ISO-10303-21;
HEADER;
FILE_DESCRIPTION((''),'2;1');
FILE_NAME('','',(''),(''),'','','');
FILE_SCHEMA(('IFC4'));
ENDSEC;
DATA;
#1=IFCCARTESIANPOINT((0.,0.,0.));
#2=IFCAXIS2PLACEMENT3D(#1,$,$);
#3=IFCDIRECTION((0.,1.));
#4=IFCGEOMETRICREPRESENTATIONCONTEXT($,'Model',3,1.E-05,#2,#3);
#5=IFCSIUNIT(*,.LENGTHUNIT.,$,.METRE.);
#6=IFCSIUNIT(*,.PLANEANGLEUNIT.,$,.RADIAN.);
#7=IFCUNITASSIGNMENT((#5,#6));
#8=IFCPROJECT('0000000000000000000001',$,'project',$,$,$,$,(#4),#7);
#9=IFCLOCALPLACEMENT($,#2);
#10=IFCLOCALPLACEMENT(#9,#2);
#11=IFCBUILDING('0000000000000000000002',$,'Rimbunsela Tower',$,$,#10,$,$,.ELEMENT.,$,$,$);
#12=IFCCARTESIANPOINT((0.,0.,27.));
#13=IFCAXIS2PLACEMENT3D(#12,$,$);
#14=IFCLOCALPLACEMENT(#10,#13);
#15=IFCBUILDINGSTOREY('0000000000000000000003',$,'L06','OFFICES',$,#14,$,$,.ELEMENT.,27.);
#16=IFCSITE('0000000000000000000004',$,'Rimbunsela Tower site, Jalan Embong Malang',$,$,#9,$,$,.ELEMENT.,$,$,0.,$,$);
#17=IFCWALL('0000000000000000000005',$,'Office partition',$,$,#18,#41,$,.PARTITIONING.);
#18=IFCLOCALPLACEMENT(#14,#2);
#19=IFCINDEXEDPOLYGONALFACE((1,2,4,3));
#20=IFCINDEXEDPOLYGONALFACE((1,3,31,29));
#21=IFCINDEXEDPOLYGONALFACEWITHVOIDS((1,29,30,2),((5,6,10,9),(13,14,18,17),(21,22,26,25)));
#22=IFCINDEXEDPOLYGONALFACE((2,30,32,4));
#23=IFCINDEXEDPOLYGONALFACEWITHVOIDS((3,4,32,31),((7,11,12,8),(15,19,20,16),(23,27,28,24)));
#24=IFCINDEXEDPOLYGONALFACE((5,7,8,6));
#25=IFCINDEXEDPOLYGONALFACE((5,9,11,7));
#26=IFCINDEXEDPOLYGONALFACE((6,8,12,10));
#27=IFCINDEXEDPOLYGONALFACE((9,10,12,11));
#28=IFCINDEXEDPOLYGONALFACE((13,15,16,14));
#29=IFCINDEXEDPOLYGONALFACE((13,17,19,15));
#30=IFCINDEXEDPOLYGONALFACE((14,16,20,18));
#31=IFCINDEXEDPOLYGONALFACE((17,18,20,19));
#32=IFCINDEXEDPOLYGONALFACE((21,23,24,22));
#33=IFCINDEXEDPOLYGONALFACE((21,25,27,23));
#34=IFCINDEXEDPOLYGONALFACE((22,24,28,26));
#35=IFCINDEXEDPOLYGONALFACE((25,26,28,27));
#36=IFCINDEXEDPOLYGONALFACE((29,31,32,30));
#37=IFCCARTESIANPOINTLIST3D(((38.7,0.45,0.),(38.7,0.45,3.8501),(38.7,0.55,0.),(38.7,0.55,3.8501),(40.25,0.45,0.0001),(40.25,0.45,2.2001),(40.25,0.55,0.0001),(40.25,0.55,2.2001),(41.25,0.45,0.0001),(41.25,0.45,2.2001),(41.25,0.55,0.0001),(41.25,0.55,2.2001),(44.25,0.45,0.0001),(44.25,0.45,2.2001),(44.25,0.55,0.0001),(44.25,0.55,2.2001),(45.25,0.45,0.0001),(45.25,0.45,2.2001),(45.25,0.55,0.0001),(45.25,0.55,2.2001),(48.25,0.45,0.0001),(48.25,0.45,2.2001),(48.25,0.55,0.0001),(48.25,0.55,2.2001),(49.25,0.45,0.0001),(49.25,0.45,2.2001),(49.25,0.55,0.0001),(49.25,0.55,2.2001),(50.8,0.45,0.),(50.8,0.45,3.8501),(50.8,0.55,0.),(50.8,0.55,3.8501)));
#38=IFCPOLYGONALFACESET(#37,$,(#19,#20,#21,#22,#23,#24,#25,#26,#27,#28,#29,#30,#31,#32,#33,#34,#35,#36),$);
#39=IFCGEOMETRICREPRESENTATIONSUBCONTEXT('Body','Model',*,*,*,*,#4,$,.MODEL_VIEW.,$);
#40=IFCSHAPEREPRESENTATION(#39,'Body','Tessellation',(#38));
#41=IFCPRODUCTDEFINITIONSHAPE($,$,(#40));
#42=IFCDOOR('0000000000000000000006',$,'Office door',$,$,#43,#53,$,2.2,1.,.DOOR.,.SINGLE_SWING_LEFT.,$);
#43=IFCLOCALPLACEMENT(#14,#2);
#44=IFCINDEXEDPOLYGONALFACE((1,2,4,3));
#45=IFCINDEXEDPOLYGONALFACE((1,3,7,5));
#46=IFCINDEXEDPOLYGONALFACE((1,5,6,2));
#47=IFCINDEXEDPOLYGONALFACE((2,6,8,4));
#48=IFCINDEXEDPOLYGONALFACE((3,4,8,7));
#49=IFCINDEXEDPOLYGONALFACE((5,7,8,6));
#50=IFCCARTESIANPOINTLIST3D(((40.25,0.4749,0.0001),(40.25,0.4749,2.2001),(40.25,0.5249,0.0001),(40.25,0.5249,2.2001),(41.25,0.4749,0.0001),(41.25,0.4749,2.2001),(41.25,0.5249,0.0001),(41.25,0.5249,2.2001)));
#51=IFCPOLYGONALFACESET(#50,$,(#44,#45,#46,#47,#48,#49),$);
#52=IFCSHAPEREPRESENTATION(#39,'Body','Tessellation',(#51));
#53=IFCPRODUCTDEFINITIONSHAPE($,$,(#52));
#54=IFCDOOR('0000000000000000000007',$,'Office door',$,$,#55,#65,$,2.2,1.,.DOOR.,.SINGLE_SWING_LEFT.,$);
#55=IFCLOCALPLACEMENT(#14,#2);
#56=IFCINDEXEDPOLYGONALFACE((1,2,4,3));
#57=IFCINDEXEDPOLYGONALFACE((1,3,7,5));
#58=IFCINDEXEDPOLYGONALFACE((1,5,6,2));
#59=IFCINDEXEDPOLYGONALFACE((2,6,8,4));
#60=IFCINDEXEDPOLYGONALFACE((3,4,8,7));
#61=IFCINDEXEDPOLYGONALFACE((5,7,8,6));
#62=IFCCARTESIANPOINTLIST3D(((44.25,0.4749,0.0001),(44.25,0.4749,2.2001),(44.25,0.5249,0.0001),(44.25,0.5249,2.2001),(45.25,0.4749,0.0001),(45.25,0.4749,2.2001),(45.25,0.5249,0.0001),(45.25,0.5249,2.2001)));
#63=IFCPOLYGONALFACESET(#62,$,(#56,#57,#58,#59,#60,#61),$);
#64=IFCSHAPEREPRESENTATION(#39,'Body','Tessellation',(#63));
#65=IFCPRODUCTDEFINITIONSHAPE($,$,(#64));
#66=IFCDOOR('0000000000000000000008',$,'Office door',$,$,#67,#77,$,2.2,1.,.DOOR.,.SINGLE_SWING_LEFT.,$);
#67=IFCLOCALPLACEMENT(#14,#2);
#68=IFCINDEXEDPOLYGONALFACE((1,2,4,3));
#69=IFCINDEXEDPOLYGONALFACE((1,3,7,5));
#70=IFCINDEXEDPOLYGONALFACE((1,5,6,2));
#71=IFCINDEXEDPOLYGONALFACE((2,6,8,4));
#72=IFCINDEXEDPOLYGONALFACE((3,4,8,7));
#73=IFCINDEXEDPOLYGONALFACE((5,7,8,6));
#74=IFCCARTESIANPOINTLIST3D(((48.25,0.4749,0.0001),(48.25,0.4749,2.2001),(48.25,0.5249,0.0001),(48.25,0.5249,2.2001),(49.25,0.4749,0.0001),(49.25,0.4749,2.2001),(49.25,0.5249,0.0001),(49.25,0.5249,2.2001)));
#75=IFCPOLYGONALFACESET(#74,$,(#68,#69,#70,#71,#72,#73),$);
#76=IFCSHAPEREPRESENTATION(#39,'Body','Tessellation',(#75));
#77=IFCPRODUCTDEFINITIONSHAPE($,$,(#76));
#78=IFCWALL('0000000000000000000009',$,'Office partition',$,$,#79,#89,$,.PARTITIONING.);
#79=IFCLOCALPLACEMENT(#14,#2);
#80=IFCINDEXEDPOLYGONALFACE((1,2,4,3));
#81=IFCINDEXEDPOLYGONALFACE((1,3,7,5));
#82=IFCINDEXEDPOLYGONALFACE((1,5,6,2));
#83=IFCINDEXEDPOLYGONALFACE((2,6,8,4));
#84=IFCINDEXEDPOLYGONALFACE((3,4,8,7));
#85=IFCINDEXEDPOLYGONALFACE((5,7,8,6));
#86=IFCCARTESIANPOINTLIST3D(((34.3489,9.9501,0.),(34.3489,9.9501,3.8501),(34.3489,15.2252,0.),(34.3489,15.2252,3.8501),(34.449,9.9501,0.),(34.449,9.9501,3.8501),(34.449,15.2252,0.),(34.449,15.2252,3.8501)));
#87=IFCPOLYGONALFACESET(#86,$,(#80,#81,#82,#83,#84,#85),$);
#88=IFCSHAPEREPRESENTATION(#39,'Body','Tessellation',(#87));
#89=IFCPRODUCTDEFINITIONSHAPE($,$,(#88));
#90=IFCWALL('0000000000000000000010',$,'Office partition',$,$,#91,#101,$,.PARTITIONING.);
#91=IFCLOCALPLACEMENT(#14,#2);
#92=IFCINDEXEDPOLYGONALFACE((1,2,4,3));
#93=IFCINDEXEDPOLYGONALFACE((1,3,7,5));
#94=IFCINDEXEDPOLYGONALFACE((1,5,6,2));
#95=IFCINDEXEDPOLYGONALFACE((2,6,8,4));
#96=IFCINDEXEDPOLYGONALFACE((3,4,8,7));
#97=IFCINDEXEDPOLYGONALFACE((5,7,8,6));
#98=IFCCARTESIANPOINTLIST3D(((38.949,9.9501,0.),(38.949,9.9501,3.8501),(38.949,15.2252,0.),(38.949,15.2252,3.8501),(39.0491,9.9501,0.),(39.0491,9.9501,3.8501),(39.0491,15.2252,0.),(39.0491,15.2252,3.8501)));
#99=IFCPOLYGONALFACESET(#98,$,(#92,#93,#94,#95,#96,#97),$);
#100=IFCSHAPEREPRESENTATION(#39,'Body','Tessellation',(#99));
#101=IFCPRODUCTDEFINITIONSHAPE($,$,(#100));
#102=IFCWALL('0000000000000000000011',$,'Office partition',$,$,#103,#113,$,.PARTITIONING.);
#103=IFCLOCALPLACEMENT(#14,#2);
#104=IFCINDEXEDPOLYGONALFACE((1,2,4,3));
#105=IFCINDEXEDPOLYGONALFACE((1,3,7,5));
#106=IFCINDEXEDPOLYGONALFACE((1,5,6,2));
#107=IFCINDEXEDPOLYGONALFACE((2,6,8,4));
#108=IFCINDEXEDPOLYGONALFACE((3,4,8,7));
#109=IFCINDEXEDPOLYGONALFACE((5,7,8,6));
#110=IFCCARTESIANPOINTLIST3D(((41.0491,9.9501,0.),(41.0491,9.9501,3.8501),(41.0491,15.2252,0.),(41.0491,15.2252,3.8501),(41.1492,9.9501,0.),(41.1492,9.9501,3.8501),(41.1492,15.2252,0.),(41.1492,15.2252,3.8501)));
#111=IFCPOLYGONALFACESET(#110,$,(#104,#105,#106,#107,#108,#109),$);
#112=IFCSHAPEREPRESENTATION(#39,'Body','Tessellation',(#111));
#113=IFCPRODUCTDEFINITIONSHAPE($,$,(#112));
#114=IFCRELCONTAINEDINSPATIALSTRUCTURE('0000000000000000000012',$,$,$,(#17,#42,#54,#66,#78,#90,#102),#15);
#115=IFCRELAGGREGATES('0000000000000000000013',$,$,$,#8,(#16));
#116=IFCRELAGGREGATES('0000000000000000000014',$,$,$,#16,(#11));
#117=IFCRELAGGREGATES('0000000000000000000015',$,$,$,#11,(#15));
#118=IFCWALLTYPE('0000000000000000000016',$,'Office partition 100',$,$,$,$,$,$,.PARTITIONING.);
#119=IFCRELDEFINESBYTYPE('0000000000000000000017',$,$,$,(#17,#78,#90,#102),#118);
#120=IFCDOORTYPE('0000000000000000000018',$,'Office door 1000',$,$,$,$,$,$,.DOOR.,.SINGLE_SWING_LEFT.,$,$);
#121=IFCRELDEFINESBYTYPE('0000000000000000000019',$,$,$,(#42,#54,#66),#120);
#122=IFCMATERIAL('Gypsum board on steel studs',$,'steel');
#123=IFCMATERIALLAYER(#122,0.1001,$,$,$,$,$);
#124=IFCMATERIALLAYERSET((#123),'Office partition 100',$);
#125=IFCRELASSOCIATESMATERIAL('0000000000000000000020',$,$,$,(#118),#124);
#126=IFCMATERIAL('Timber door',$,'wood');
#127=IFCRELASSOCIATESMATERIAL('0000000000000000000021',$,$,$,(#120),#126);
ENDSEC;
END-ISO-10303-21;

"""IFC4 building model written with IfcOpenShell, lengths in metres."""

from ifc_helpers import new_model, si_unit, direction, frame, frame_2d, origin, place, context, subcontext, project, spatial, rectangle, extrude, material, layer, layer_set, type_object, element, fill, save


model = new_model("IFC4")

# Units and contexts
model_context = context("Model", 3, precision=1e-05, world=origin(), true_north=direction((0.0, 1.0)))
body_context = subcontext(model_context, "Body", "Model", "MODEL_VIEW")
ifc_project = project(units=[si_unit("LENGTHUNIT", "METRE"), si_unit("PLANEANGLEUNIT", "RADIAN")], contexts=[model_context])

# Site, building, storey
site_placement = place(None, origin())
site = spatial("IfcSite", under=ifc_project, at=site_placement, Name="Rimbunsela Tower site, Jalan Embong Malang", CompositionType="ELEMENT", RefElevation=0.0)
building_placement = place(site_placement, origin())
building = spatial("IfcBuilding", under=site, at=building_placement, Name="Rimbunsela Tower", CompositionType="ELEMENT")
storey_placement = place(building_placement, frame((0.0, 0.0, 27.0)))
storey = spatial("IfcBuildingStorey", under=building, at=storey_placement, Name="L06", Description="OFFICES", CompositionType="ELEMENT", Elevation=27.0)

# Wall, openings, doors
ifc_material_1 = material(Name="Gypsum board on steel studs", Category="steel")
ifc_layer_1 = layer(ifc_material_1, 0.1001)
ifc_layer_set_1 = layer_set([ifc_layer_1], Name="Office partition 100")
wall_type_1 = type_object("IfcWallType", Name="Office partition 100", PredefinedType="PARTITIONING", material=ifc_layer_set_1)
wall_1_placement = place(storey_placement, frame((38.7, 0.5, 0.0), z_axis=(0.0, 0.0, 1.0), x_axis=(1.0, 0.0, 0.0)))
wall_1 = element("IfcWall", 1, at=wall_1_placement, inside=storey, type_object=wall_type_1, Name="Office partition", PredefinedType="PARTITIONING", context=body_context, shape_type="SweptSolid", body=[
    extrude(rectangle(XDim=12.1001, YDim=0.1001, at=frame_2d((6.05, 0.0))), origin(), (0.0, 0.0, 1.0), 3.8501),
])
opening_1_placement = place(wall_1_placement, frame((1.55, 0.0, 0.0)))
opening_1 = element("IfcOpeningElement", 2, at=opening_1_placement, cuts=wall_1, PredefinedType="OPENING", context=body_context, shape_type="SweptSolid", body=[
    extrude(rectangle(XDim=1.0, YDim=2.2, at=frame_2d((0.5, 1.1001))), frame((0.0, 0.0601, 0.0), z_axis=(0.0, -1.0, 0.0), x_axis=(1.0, 0.0, 0.0)), (0.0, 0.0, 1.0), 0.1201),
])
opening_2_placement = place(wall_1_placement, frame((5.55, 0.0, 0.0)))
opening_2 = element("IfcOpeningElement", 3, at=opening_2_placement, cuts=wall_1, PredefinedType="OPENING", context=body_context, shape_type="SweptSolid", body=[
    extrude(rectangle(XDim=1.0, YDim=2.2, at=frame_2d((0.5, 1.1001))), frame((0.0, 0.0601, 0.0), z_axis=(0.0, -1.0, 0.0), x_axis=(1.0, 0.0, 0.0)), (0.0, 0.0, 1.0), 0.1201),
])
opening_3_placement = place(wall_1_placement, frame((9.55, 0.0, 0.0)))
opening_3 = element("IfcOpeningElement", 4, at=opening_3_placement, cuts=wall_1, PredefinedType="OPENING", context=body_context, shape_type="SweptSolid", body=[
    extrude(rectangle(XDim=1.0, YDim=2.2, at=frame_2d((0.5, 1.1001))), frame((0.0, 0.0601, 0.0), z_axis=(0.0, -1.0, 0.0), x_axis=(1.0, 0.0, 0.0)), (0.0, 0.0, 1.0), 0.1201),
])
ifc_material_2 = material(Name="Timber door", Category="wood")
door_type_1 = type_object("IfcDoorType", Name="Office door 1000", OperationType="SINGLE_SWING_LEFT", PredefinedType="DOOR", material=ifc_material_2)
door_1_placement = place(opening_1_placement, origin())
door_1 = element("IfcDoor", 5, at=door_1_placement, inside=storey, type_object=door_type_1, Name="Office door", OperationType="SINGLE_SWING_LEFT", OverallHeight=2.2, OverallWidth=1.0, PredefinedType="DOOR", context=body_context, shape_type="SweptSolid", body=[
    extrude(rectangle(XDim=1.0, YDim=2.2, at=frame_2d((0.5, 1.1001))), frame((0.0, 0.0249, 0.0), z_axis=(0.0, -1.0, 0.0), x_axis=(1.0, 0.0, 0.0)), (0.0, 0.0, 1.0), 0.05),
])
fill(opening_1, door_1)
door_2_placement = place(opening_2_placement, origin())
door_2 = element("IfcDoor", 6, at=door_2_placement, inside=storey, type_object=door_type_1, Name="Office door", OperationType="SINGLE_SWING_LEFT", OverallHeight=2.2, OverallWidth=1.0, PredefinedType="DOOR", context=body_context, shape_type="SweptSolid", body=[
    extrude(rectangle(XDim=1.0, YDim=2.2, at=frame_2d((0.5, 1.1001))), frame((0.0, 0.0249, 0.0), z_axis=(0.0, -1.0, 0.0), x_axis=(1.0, 0.0, 0.0)), (0.0, 0.0, 1.0), 0.05),
])
fill(opening_2, door_2)
door_3_placement = place(opening_3_placement, origin())
door_3 = element("IfcDoor", 7, at=door_3_placement, inside=storey, type_object=door_type_1, Name="Office door", OperationType="SINGLE_SWING_LEFT", OverallHeight=2.2, OverallWidth=1.0, PredefinedType="DOOR", context=body_context, shape_type="SweptSolid", body=[
    extrude(rectangle(XDim=1.0, YDim=2.2, at=frame_2d((0.5, 1.1001))), frame((0.0, 0.0249, 0.0), z_axis=(0.0, -1.0, 0.0), x_axis=(1.0, 0.0, 0.0)), (0.0, 0.0, 1.0), 0.05),
])
fill(opening_3, door_3)

# Walls
for number, where, z_axis, x_axis, name in (
    (8, (34.3989, 9.95, 0.0), (0.0, 0.0, 1.0), (0.0, 1.0, 0.0), "Office partition"),
    (9, (38.999, 9.95, 0.0), (0.0, 0.0, 1.0), (0.0, 1.0, 0.0), "Office partition"),
    (10, (41.0991, 9.95, 0.0), (0.0, 0.0, 1.0), (0.0, 1.0, 0.0), "Office partition"),
):
    element("IfcWall", number, at=place(storey_placement, frame(where, z_axis=z_axis, x_axis=x_axis)), inside=storey, type_object=wall_type_1, Name=name, PredefinedType="PARTITIONING", context=body_context, shape_type="SweptSolid", body=[
        extrude(rectangle(XDim=5.2751, YDim=0.1001, at=frame_2d((2.6377, 0.0))), origin(), (0.0, 0.0, 1.0), 3.8501),
    ])

save(model, "model.ifc")
